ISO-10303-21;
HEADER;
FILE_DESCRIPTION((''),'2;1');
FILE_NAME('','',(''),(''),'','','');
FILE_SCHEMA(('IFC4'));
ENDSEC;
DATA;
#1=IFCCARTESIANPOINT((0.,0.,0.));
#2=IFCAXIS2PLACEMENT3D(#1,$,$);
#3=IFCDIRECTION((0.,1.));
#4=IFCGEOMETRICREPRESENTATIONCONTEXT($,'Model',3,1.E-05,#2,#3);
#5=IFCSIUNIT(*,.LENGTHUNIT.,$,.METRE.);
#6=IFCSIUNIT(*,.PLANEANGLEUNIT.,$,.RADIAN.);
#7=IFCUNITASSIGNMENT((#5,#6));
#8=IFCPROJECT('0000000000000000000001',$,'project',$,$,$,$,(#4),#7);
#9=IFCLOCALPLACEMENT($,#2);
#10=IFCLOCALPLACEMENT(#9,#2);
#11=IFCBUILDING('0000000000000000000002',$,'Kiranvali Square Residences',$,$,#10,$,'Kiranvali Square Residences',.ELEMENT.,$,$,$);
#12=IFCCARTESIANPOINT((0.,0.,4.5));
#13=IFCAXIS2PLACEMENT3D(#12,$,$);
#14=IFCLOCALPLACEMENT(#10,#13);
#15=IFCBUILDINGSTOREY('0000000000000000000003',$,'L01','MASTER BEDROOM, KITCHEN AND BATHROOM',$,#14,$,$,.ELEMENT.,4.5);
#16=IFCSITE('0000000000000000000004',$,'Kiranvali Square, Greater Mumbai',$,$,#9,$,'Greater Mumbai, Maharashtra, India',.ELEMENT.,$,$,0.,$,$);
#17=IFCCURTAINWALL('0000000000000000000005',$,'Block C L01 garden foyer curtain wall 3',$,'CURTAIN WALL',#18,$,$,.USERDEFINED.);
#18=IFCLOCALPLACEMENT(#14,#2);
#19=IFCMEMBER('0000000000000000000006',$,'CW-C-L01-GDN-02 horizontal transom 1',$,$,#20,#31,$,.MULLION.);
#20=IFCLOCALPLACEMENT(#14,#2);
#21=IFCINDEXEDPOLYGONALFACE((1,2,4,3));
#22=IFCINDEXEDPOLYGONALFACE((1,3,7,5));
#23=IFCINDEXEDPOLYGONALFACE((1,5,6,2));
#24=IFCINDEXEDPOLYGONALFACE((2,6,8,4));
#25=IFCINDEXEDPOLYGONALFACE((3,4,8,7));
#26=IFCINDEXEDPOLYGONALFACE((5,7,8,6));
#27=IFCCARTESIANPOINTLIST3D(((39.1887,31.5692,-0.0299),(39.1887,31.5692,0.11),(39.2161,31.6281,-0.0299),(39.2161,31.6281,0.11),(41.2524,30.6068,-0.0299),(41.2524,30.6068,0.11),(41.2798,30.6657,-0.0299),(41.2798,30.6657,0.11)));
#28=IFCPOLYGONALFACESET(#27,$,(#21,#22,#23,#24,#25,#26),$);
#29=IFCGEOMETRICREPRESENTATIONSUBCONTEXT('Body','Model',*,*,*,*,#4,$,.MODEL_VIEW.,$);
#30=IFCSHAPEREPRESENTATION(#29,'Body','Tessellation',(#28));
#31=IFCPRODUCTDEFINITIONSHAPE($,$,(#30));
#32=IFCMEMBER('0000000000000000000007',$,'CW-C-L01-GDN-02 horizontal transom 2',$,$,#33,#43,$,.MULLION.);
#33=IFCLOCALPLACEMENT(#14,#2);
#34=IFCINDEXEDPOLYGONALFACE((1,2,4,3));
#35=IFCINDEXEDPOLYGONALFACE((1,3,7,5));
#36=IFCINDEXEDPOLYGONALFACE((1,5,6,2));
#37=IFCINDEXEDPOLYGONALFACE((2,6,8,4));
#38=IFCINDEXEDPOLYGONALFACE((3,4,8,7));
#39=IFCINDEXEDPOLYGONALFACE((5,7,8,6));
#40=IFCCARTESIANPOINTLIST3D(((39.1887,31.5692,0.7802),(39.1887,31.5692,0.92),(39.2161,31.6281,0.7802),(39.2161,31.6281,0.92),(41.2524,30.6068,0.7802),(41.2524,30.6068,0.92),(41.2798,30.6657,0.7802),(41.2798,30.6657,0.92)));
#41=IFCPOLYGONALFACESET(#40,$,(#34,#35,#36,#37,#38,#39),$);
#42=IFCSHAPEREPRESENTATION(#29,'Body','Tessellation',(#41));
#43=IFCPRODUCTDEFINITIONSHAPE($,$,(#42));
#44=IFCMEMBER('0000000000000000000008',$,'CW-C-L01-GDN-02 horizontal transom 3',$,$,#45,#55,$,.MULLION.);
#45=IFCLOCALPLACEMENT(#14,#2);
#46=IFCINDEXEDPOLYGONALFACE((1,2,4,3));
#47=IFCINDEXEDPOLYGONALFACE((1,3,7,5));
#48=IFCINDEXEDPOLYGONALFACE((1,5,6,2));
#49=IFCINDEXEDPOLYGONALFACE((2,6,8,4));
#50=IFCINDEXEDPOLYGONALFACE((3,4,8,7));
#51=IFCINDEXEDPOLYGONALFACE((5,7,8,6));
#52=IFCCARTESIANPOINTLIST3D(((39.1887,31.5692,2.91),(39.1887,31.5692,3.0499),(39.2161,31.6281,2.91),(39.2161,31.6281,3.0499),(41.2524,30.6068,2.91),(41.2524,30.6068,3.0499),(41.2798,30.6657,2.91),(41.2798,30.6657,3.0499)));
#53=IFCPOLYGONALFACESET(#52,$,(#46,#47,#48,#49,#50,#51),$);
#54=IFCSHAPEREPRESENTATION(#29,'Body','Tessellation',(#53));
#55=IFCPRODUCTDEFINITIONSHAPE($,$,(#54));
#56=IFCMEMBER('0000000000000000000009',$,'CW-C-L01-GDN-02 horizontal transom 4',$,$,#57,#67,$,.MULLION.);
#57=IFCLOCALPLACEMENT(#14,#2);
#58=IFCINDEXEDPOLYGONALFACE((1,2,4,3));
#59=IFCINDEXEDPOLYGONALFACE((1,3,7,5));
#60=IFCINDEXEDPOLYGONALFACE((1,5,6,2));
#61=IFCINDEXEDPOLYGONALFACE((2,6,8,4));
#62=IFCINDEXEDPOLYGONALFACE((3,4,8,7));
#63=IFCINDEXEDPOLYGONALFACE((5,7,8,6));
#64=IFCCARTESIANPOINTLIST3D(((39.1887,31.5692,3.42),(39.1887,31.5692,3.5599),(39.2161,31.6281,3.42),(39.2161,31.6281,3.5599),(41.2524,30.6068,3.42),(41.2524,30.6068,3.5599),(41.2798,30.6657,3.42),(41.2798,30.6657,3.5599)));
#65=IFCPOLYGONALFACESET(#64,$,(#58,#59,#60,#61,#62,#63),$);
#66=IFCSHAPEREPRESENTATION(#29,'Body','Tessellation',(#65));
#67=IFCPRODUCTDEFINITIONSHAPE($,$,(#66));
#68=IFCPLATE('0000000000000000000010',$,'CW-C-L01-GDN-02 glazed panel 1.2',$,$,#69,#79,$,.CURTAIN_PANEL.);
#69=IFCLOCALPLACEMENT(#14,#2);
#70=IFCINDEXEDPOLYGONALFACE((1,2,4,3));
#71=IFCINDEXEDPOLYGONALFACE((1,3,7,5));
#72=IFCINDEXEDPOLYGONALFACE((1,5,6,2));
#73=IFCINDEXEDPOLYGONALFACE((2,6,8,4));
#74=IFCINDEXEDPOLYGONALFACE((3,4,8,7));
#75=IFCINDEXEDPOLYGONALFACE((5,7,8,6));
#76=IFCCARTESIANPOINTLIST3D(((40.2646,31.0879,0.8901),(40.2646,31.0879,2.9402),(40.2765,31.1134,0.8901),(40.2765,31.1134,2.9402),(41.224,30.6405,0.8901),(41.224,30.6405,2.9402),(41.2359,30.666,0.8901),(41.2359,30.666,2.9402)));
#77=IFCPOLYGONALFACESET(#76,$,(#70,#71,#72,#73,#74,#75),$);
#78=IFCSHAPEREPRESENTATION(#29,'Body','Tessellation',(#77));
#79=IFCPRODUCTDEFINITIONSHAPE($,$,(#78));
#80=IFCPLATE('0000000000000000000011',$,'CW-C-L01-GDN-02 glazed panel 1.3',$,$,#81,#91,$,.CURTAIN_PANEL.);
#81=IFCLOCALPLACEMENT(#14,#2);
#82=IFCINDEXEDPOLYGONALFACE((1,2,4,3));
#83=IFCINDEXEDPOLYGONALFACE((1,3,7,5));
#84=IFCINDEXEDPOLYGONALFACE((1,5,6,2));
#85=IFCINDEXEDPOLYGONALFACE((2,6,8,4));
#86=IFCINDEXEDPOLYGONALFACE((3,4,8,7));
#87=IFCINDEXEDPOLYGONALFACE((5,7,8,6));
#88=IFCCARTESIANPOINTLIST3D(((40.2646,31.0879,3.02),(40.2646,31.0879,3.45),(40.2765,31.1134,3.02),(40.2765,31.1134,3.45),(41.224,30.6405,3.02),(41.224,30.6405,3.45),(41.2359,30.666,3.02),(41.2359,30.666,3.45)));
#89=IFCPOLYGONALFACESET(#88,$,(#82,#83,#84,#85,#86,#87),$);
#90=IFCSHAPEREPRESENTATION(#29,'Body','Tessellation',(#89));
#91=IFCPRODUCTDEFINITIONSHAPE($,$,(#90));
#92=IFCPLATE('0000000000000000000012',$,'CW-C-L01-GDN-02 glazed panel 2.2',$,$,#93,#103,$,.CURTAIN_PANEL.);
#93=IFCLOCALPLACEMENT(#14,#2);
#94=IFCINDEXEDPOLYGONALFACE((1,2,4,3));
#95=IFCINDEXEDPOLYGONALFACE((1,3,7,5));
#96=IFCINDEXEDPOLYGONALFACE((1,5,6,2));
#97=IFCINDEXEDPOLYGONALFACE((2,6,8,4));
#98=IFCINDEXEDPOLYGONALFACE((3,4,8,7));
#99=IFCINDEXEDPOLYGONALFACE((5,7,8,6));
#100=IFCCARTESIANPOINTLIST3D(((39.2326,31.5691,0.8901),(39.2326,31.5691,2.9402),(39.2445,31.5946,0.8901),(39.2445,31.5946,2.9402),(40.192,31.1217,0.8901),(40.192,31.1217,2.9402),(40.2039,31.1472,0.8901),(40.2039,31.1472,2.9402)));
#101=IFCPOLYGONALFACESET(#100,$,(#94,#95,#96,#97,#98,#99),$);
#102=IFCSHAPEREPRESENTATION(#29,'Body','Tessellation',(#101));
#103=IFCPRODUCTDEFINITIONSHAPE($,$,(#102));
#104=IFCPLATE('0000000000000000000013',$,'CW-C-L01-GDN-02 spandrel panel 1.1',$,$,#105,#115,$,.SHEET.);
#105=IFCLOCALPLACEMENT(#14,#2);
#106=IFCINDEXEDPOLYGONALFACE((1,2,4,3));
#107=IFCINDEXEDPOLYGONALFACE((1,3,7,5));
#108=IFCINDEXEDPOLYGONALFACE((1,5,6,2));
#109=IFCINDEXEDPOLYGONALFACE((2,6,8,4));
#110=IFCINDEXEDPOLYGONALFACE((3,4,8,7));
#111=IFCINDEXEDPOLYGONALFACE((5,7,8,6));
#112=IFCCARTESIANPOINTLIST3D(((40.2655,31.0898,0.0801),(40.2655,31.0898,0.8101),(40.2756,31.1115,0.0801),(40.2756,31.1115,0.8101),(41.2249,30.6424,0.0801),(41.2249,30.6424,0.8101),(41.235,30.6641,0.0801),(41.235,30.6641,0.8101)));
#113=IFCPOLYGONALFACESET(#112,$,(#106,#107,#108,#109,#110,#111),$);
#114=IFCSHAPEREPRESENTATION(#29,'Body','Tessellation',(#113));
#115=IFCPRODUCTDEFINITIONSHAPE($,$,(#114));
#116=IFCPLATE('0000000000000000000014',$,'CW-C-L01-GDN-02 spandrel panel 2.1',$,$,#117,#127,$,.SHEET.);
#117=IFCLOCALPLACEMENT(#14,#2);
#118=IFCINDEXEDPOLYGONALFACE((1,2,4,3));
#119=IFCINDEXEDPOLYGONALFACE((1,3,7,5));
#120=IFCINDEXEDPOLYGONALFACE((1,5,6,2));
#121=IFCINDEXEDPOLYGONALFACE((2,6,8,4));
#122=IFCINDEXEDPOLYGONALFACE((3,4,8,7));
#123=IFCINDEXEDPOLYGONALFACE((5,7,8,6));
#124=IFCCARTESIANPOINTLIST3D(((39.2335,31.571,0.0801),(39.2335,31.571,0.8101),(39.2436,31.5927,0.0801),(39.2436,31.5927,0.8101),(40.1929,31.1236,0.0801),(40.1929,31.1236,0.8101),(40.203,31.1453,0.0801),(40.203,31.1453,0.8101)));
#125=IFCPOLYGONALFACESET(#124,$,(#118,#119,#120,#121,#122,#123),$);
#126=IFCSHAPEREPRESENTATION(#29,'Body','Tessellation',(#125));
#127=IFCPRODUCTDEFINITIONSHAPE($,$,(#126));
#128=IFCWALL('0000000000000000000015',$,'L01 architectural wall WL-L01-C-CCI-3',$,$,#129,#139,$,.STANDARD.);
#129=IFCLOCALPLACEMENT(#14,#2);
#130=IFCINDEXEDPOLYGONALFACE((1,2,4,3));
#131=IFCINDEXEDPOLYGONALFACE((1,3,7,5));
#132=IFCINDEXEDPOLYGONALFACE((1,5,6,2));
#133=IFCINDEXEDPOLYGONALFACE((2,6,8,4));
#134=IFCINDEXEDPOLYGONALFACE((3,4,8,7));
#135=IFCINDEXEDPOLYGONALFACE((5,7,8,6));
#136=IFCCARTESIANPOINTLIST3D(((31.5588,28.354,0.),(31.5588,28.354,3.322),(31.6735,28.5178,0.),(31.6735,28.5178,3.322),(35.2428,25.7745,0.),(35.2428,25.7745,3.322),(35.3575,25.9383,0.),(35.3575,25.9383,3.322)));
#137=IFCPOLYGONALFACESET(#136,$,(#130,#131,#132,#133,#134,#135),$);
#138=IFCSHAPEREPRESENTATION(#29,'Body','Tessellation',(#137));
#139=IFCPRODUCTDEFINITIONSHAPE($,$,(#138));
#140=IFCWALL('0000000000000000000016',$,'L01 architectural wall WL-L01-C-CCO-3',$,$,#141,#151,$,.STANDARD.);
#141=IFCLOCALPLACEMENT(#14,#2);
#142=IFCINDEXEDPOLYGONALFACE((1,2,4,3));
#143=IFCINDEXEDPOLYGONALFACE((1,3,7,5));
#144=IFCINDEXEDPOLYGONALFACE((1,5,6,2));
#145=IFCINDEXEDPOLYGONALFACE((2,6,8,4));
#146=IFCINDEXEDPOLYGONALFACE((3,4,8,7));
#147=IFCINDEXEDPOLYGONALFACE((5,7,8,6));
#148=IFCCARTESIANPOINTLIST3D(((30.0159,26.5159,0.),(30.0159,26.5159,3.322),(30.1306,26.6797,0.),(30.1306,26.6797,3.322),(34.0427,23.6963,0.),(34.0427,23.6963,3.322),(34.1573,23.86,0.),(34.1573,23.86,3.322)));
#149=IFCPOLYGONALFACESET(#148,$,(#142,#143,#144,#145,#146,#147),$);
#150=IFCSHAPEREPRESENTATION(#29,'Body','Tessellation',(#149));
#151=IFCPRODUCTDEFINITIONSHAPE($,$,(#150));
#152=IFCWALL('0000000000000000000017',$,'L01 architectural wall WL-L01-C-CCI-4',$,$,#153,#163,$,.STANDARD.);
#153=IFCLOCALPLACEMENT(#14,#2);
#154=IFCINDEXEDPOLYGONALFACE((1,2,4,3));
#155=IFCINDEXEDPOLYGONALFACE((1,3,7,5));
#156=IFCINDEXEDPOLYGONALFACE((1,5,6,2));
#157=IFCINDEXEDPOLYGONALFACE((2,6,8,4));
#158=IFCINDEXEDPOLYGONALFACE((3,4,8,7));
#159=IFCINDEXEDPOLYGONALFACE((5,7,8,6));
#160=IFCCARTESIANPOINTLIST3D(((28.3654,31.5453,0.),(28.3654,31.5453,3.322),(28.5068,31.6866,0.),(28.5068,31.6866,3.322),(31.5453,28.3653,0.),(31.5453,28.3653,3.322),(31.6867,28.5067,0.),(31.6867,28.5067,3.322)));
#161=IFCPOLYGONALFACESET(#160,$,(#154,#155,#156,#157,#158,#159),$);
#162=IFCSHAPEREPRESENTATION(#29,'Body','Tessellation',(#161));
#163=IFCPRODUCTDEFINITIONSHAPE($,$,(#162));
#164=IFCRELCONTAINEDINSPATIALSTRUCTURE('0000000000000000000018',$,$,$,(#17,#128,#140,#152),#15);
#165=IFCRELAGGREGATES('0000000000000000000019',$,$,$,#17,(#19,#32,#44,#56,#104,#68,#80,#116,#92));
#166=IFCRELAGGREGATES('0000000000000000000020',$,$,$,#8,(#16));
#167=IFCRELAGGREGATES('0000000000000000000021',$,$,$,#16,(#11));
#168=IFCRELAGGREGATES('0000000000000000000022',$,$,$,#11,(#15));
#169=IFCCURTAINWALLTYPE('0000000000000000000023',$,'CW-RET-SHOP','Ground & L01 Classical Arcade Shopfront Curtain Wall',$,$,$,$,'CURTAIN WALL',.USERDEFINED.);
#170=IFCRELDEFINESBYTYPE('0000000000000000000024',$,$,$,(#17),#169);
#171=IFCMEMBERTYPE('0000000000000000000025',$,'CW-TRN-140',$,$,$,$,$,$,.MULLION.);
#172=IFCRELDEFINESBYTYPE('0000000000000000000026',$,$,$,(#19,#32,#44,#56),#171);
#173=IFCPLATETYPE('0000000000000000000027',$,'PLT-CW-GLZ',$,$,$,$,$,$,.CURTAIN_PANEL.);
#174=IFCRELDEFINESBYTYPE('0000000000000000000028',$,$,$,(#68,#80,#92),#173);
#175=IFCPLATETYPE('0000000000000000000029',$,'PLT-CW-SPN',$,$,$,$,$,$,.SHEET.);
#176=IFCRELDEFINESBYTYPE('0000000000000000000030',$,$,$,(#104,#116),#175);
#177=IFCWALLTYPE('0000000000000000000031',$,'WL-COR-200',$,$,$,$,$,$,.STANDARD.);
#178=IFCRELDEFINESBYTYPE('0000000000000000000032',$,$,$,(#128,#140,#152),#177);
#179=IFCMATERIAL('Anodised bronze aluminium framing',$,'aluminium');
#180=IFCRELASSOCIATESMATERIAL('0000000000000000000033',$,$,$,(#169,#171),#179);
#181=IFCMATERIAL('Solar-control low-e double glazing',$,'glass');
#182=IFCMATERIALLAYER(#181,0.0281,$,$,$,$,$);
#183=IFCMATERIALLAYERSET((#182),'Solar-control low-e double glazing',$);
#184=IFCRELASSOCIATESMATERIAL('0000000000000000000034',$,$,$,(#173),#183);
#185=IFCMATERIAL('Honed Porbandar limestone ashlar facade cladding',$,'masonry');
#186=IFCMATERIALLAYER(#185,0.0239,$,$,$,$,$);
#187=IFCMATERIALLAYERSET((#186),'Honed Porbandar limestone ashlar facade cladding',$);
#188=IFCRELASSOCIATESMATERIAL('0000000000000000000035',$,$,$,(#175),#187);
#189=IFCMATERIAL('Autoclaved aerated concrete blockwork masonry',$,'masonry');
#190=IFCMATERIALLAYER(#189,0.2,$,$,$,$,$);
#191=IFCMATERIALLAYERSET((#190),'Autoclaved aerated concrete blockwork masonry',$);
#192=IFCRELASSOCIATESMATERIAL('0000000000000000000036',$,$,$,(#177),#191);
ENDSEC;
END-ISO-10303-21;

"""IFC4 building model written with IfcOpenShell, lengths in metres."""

from ifc_helpers import new_model, si_unit, direction, frame, frame_2d, origin, origin_2d, place, context, subcontext, project, spatial, rectangle, extrude, material, layer, layer_set, material_profile, profile_set, type_object, element, aggregate, save


model = new_model("IFC4")

# Units and contexts
model_context = context("Model", 3, precision=1e-05, world=origin(), true_north=direction((0.0, 1.0)))
body_context = subcontext(model_context, "Body", "Model", "MODEL_VIEW")
ifc_project = project(units=[si_unit("LENGTHUNIT", "METRE"), si_unit("PLANEANGLEUNIT", "RADIAN")], contexts=[model_context])

# Site, building, storey
site_placement = place(None, origin())
site = spatial("IfcSite", under=ifc_project, at=site_placement, Name="Kiranvali Square, Greater Mumbai", LongName="Greater Mumbai, Maharashtra, India", CompositionType="ELEMENT", RefElevation=0.0)
building_placement = place(site_placement, origin())
building = spatial("IfcBuilding", under=site, at=building_placement, Name="Kiranvali Square Residences", LongName="Kiranvali Square Residences", CompositionType="ELEMENT")
storey_placement = place(building_placement, frame((0.0, 0.0, 4.5)))
storey = spatial("IfcBuildingStorey", under=building, at=storey_placement, Name="L01", Description="MASTER BEDROOM, KITCHEN AND BATHROOM", CompositionType="ELEMENT", Elevation=4.5)

# Curtain wall, members, plates
ifc_material_1 = material(Name="Anodised bronze aluminium framing", Category="aluminium")
curtain_wall_type = type_object("IfcCurtainWallType", Name="CW-RET-SHOP", Description="Ground & L01 Classical Arcade Shopfront Curtain Wall", ElementType="CURTAIN WALL", PredefinedType="USERDEFINED", material=ifc_material_1)
curtain_wall_placement = place(storey_placement, origin())
curtain_wall = element("IfcCurtainWall", 1, at=curtain_wall_placement, inside=storey, type_object=curtain_wall_type, Name="Block C L01 garden foyer curtain wall 3", ObjectType="CURTAIN WALL", PredefinedType="USERDEFINED")
ifc_material_profile_1 = material_profile(ifc_material_1, rectangle(XDim=0.0649, YDim=0.1399, at=origin_2d()), Name="ALU 65x140")
ifc_profile_set_1 = profile_set([ifc_material_profile_1], Name="Anodised bronze aluminium framing")
member_type_1 = type_object("IfcMemberType", Name="CW-TRN-140", PredefinedType="MULLION", material=ifc_profile_set_1)
member_1_placement = place(storey_placement, frame((41.2661, 30.6362, 0.04), z_axis=(-0.906295, 0.422645, 0.0), x_axis=(-0.422645, -0.906295, 0.0)))
member_1 = element("IfcMember", 2, at=member_1_placement, type_object=member_type_1, Name="CW-C-L01-GDN-02 horizontal transom 1", PredefinedType="MULLION", context=body_context, shape_type="SweptSolid", body=[
    extrude(rectangle(XDim=0.0649, YDim=0.1399, at=origin_2d()), origin(), (0.0, 0.0, 1.0), 2.2771),
])
member_2_placement = place(storey_placement, frame((41.2661, 30.6362, 0.8501), z_axis=(-0.906295, 0.422645, 0.0), x_axis=(-0.422645, -0.906295, 0.0)))
member_2 = element("IfcMember", 3, at=member_2_placement, type_object=member_type_1, Name="CW-C-L01-GDN-02 horizontal transom 2", PredefinedType="MULLION", context=body_context, shape_type="SweptSolid", body=[
    extrude(rectangle(XDim=0.0649, YDim=0.1399, at=origin_2d()), origin(), (0.0, 0.0, 1.0), 2.2771),
])
member_3_placement = place(storey_placement, frame((41.2661, 30.6362, 2.98), z_axis=(-0.906295, 0.422645, 0.0), x_axis=(-0.422645, -0.906295, 0.0)))
member_3 = element("IfcMember", 4, at=member_3_placement, type_object=member_type_1, Name="CW-C-L01-GDN-02 horizontal transom 3", PredefinedType="MULLION", context=body_context, shape_type="SweptSolid", body=[
    extrude(rectangle(XDim=0.0649, YDim=0.1399, at=origin_2d()), origin(), (0.0, 0.0, 1.0), 2.2771),
])
member_4_placement = place(storey_placement, frame((41.2661, 30.6362, 3.49), z_axis=(-0.906295, 0.422645, 0.0), x_axis=(-0.422645, -0.906295, 0.0)))
member_4 = element("IfcMember", 5, at=member_4_placement, type_object=member_type_1, Name="CW-C-L01-GDN-02 horizontal transom 4", PredefinedType="MULLION", context=body_context, shape_type="SweptSolid", body=[
    extrude(rectangle(XDim=0.0649, YDim=0.1399, at=origin_2d()), origin(), (0.0, 0.0, 1.0), 2.2771),
])
ifc_material_2 = material(Name="Solar-control low-e double glazing", Category="glass")
ifc_layer_1 = layer(ifc_material_2, 0.0281)
ifc_layer_set_1 = layer_set([ifc_layer_1], Name="Solar-control low-e double glazing")
plate_type_1 = type_object("IfcPlateType", Name="PLT-CW-GLZ", PredefinedType="CURTAIN_PANEL", material=ifc_layer_set_1)
plate_1_placement = place(storey_placement, frame((40.7502, 30.877, 0.8901), z_axis=(0.0, 0.0, 1.0), x_axis=(-0.906308, 0.422618, 0.0)))
plate_1 = element("IfcPlate", 6, at=plate_1_placement, type_object=plate_type_1, Name="CW-C-L01-GDN-02 glazed panel 1.2", PredefinedType="CURTAIN_PANEL", context=body_context, shape_type="SweptSolid", body=[
    extrude(rectangle(XDim=1.0586, YDim=0.0281, at=origin_2d()), origin(), (0.0, 0.0, 1.0), 2.05),
])
plate_2_placement = place(storey_placement, frame((40.7502, 30.877, 3.02), z_axis=(0.0, 0.0, 1.0), x_axis=(-0.906308, 0.422618, 0.0)))
plate_2 = element("IfcPlate", 7, at=plate_2_placement, type_object=plate_type_1, Name="CW-C-L01-GDN-02 glazed panel 1.3", PredefinedType="CURTAIN_PANEL", context=body_context, shape_type="SweptSolid", body=[
    extrude(rectangle(XDim=1.0586, YDim=0.0281, at=origin_2d()), origin(), (0.0, 0.0, 1.0), 0.4299),
])
plate_3_placement = place(storey_placement, frame((39.7183, 31.3582, 0.8901), z_axis=(0.0, 0.0, 1.0), x_axis=(-0.906308, 0.422618, 0.0)))
plate_3 = element("IfcPlate", 8, at=plate_3_placement, type_object=plate_type_1, Name="CW-C-L01-GDN-02 glazed panel 2.2", PredefinedType="CURTAIN_PANEL", context=body_context, shape_type="SweptSolid", body=[
    extrude(rectangle(XDim=1.0586, YDim=0.0281, at=origin_2d()), origin(), (0.0, 0.0, 1.0), 2.05),
])
ifc_material_3 = material(Name="Honed Porbandar limestone ashlar facade cladding", Category="masonry")
ifc_layer_2 = layer(ifc_material_3, 0.0239)
ifc_layer_set_2 = layer_set([ifc_layer_2], Name="Honed Porbandar limestone ashlar facade cladding")
plate_type_2 = type_object("IfcPlateType", Name="PLT-CW-SPN", PredefinedType="SHEET", material=ifc_layer_set_2)
plate_4_placement = place(storey_placement, frame((40.7502, 30.877, 0.0801), z_axis=(0.0, 0.0, 1.0), x_axis=(-0.906308, 0.422618, 0.0)))
plate_4 = element("IfcPlate", 9, at=plate_4_placement, type_object=plate_type_2, Name="CW-C-L01-GDN-02 spandrel panel 1.1", PredefinedType="SHEET", context=body_context, shape_type="SweptSolid", body=[
    extrude(rectangle(XDim=1.0586, YDim=0.0239, at=origin_2d()), origin(), (0.0, 0.0, 1.0), 0.73),
])
plate_5_placement = place(storey_placement, frame((39.7183, 31.3582, 0.0801), z_axis=(0.0, 0.0, 1.0), x_axis=(-0.906308, 0.422618, 0.0)))
plate_5 = element("IfcPlate", 10, at=plate_5_placement, type_object=plate_type_2, Name="CW-C-L01-GDN-02 spandrel panel 2.1", PredefinedType="SHEET", context=body_context, shape_type="SweptSolid", body=[
    extrude(rectangle(XDim=1.0586, YDim=0.0239, at=origin_2d()), origin(), (0.0, 0.0, 1.0), 0.73),
])
aggregate(curtain_wall, [member_1, member_2, member_3, member_4, plate_4, plate_1, plate_2, plate_5, plate_3])

# Shared definitions
ifc_material_4 = material(Name="Autoclaved aerated concrete blockwork masonry", Category="masonry")
ifc_layer_3 = layer(ifc_material_4, 0.2)
ifc_layer_set_3 = layer_set([ifc_layer_3], Name="Autoclaved aerated concrete blockwork masonry")
wall_type_1 = type_object("IfcWallType", Name="WL-COR-200", PredefinedType="STANDARD", material=ifc_layer_set_3)

# Walls
wall_1_placement = place(storey_placement, frame((35.3, 25.8564, 0.0), z_axis=(0.0, 0.0, 1.0), x_axis=(-0.819155, 0.573572, 0.0)))
element("IfcWall", 11, at=wall_1_placement, inside=storey, type_object=wall_type_1, Name="L01 architectural wall WL-L01-C-CCI-3", PredefinedType="STANDARD", context=body_context, shape_type="SweptSolid", body=[
    extrude(rectangle(XDim=4.4973, YDim=0.2, at=frame_2d((2.2485, 0.0))), origin(), (0.0, 0.0, 1.0), 3.322),
])
wall_2_placement = place(storey_placement, frame((34.1001, 23.7781, 0.0), z_axis=(0.0, 0.0, 1.0), x_axis=(-0.819141, 0.573592, 0.0)))
element("IfcWall", 12, at=wall_2_placement, inside=storey, type_object=wall_type_1, Name="L01 architectural wall WL-L01-C-CCO-3", PredefinedType="STANDARD", context=body_context, shape_type="SweptSolid", body=[
    extrude(rectangle(XDim=4.9158, YDim=0.2, at=frame_2d((2.458, 0.0))), origin(), (0.0, 0.0, 1.0), 3.322),
])
wall_3_placement = place(storey_placement, frame((31.616, 28.436, 0.0), z_axis=(0.0, 0.0, 1.0), x_axis=(-0.707107, 0.707107, 0.0)))
element("IfcWall", 13, at=wall_3_placement, inside=storey, type_object=wall_type_1, Name="L01 architectural wall WL-L01-C-CCI-4", PredefinedType="STANDARD", context=body_context, shape_type="SweptSolid", body=[
    extrude(rectangle(XDim=4.4971, YDim=0.2, at=frame_2d((2.2485, 0.0))), origin(), (0.0, 0.0, 1.0), 3.322),
])

save(model, "model.ifc")
